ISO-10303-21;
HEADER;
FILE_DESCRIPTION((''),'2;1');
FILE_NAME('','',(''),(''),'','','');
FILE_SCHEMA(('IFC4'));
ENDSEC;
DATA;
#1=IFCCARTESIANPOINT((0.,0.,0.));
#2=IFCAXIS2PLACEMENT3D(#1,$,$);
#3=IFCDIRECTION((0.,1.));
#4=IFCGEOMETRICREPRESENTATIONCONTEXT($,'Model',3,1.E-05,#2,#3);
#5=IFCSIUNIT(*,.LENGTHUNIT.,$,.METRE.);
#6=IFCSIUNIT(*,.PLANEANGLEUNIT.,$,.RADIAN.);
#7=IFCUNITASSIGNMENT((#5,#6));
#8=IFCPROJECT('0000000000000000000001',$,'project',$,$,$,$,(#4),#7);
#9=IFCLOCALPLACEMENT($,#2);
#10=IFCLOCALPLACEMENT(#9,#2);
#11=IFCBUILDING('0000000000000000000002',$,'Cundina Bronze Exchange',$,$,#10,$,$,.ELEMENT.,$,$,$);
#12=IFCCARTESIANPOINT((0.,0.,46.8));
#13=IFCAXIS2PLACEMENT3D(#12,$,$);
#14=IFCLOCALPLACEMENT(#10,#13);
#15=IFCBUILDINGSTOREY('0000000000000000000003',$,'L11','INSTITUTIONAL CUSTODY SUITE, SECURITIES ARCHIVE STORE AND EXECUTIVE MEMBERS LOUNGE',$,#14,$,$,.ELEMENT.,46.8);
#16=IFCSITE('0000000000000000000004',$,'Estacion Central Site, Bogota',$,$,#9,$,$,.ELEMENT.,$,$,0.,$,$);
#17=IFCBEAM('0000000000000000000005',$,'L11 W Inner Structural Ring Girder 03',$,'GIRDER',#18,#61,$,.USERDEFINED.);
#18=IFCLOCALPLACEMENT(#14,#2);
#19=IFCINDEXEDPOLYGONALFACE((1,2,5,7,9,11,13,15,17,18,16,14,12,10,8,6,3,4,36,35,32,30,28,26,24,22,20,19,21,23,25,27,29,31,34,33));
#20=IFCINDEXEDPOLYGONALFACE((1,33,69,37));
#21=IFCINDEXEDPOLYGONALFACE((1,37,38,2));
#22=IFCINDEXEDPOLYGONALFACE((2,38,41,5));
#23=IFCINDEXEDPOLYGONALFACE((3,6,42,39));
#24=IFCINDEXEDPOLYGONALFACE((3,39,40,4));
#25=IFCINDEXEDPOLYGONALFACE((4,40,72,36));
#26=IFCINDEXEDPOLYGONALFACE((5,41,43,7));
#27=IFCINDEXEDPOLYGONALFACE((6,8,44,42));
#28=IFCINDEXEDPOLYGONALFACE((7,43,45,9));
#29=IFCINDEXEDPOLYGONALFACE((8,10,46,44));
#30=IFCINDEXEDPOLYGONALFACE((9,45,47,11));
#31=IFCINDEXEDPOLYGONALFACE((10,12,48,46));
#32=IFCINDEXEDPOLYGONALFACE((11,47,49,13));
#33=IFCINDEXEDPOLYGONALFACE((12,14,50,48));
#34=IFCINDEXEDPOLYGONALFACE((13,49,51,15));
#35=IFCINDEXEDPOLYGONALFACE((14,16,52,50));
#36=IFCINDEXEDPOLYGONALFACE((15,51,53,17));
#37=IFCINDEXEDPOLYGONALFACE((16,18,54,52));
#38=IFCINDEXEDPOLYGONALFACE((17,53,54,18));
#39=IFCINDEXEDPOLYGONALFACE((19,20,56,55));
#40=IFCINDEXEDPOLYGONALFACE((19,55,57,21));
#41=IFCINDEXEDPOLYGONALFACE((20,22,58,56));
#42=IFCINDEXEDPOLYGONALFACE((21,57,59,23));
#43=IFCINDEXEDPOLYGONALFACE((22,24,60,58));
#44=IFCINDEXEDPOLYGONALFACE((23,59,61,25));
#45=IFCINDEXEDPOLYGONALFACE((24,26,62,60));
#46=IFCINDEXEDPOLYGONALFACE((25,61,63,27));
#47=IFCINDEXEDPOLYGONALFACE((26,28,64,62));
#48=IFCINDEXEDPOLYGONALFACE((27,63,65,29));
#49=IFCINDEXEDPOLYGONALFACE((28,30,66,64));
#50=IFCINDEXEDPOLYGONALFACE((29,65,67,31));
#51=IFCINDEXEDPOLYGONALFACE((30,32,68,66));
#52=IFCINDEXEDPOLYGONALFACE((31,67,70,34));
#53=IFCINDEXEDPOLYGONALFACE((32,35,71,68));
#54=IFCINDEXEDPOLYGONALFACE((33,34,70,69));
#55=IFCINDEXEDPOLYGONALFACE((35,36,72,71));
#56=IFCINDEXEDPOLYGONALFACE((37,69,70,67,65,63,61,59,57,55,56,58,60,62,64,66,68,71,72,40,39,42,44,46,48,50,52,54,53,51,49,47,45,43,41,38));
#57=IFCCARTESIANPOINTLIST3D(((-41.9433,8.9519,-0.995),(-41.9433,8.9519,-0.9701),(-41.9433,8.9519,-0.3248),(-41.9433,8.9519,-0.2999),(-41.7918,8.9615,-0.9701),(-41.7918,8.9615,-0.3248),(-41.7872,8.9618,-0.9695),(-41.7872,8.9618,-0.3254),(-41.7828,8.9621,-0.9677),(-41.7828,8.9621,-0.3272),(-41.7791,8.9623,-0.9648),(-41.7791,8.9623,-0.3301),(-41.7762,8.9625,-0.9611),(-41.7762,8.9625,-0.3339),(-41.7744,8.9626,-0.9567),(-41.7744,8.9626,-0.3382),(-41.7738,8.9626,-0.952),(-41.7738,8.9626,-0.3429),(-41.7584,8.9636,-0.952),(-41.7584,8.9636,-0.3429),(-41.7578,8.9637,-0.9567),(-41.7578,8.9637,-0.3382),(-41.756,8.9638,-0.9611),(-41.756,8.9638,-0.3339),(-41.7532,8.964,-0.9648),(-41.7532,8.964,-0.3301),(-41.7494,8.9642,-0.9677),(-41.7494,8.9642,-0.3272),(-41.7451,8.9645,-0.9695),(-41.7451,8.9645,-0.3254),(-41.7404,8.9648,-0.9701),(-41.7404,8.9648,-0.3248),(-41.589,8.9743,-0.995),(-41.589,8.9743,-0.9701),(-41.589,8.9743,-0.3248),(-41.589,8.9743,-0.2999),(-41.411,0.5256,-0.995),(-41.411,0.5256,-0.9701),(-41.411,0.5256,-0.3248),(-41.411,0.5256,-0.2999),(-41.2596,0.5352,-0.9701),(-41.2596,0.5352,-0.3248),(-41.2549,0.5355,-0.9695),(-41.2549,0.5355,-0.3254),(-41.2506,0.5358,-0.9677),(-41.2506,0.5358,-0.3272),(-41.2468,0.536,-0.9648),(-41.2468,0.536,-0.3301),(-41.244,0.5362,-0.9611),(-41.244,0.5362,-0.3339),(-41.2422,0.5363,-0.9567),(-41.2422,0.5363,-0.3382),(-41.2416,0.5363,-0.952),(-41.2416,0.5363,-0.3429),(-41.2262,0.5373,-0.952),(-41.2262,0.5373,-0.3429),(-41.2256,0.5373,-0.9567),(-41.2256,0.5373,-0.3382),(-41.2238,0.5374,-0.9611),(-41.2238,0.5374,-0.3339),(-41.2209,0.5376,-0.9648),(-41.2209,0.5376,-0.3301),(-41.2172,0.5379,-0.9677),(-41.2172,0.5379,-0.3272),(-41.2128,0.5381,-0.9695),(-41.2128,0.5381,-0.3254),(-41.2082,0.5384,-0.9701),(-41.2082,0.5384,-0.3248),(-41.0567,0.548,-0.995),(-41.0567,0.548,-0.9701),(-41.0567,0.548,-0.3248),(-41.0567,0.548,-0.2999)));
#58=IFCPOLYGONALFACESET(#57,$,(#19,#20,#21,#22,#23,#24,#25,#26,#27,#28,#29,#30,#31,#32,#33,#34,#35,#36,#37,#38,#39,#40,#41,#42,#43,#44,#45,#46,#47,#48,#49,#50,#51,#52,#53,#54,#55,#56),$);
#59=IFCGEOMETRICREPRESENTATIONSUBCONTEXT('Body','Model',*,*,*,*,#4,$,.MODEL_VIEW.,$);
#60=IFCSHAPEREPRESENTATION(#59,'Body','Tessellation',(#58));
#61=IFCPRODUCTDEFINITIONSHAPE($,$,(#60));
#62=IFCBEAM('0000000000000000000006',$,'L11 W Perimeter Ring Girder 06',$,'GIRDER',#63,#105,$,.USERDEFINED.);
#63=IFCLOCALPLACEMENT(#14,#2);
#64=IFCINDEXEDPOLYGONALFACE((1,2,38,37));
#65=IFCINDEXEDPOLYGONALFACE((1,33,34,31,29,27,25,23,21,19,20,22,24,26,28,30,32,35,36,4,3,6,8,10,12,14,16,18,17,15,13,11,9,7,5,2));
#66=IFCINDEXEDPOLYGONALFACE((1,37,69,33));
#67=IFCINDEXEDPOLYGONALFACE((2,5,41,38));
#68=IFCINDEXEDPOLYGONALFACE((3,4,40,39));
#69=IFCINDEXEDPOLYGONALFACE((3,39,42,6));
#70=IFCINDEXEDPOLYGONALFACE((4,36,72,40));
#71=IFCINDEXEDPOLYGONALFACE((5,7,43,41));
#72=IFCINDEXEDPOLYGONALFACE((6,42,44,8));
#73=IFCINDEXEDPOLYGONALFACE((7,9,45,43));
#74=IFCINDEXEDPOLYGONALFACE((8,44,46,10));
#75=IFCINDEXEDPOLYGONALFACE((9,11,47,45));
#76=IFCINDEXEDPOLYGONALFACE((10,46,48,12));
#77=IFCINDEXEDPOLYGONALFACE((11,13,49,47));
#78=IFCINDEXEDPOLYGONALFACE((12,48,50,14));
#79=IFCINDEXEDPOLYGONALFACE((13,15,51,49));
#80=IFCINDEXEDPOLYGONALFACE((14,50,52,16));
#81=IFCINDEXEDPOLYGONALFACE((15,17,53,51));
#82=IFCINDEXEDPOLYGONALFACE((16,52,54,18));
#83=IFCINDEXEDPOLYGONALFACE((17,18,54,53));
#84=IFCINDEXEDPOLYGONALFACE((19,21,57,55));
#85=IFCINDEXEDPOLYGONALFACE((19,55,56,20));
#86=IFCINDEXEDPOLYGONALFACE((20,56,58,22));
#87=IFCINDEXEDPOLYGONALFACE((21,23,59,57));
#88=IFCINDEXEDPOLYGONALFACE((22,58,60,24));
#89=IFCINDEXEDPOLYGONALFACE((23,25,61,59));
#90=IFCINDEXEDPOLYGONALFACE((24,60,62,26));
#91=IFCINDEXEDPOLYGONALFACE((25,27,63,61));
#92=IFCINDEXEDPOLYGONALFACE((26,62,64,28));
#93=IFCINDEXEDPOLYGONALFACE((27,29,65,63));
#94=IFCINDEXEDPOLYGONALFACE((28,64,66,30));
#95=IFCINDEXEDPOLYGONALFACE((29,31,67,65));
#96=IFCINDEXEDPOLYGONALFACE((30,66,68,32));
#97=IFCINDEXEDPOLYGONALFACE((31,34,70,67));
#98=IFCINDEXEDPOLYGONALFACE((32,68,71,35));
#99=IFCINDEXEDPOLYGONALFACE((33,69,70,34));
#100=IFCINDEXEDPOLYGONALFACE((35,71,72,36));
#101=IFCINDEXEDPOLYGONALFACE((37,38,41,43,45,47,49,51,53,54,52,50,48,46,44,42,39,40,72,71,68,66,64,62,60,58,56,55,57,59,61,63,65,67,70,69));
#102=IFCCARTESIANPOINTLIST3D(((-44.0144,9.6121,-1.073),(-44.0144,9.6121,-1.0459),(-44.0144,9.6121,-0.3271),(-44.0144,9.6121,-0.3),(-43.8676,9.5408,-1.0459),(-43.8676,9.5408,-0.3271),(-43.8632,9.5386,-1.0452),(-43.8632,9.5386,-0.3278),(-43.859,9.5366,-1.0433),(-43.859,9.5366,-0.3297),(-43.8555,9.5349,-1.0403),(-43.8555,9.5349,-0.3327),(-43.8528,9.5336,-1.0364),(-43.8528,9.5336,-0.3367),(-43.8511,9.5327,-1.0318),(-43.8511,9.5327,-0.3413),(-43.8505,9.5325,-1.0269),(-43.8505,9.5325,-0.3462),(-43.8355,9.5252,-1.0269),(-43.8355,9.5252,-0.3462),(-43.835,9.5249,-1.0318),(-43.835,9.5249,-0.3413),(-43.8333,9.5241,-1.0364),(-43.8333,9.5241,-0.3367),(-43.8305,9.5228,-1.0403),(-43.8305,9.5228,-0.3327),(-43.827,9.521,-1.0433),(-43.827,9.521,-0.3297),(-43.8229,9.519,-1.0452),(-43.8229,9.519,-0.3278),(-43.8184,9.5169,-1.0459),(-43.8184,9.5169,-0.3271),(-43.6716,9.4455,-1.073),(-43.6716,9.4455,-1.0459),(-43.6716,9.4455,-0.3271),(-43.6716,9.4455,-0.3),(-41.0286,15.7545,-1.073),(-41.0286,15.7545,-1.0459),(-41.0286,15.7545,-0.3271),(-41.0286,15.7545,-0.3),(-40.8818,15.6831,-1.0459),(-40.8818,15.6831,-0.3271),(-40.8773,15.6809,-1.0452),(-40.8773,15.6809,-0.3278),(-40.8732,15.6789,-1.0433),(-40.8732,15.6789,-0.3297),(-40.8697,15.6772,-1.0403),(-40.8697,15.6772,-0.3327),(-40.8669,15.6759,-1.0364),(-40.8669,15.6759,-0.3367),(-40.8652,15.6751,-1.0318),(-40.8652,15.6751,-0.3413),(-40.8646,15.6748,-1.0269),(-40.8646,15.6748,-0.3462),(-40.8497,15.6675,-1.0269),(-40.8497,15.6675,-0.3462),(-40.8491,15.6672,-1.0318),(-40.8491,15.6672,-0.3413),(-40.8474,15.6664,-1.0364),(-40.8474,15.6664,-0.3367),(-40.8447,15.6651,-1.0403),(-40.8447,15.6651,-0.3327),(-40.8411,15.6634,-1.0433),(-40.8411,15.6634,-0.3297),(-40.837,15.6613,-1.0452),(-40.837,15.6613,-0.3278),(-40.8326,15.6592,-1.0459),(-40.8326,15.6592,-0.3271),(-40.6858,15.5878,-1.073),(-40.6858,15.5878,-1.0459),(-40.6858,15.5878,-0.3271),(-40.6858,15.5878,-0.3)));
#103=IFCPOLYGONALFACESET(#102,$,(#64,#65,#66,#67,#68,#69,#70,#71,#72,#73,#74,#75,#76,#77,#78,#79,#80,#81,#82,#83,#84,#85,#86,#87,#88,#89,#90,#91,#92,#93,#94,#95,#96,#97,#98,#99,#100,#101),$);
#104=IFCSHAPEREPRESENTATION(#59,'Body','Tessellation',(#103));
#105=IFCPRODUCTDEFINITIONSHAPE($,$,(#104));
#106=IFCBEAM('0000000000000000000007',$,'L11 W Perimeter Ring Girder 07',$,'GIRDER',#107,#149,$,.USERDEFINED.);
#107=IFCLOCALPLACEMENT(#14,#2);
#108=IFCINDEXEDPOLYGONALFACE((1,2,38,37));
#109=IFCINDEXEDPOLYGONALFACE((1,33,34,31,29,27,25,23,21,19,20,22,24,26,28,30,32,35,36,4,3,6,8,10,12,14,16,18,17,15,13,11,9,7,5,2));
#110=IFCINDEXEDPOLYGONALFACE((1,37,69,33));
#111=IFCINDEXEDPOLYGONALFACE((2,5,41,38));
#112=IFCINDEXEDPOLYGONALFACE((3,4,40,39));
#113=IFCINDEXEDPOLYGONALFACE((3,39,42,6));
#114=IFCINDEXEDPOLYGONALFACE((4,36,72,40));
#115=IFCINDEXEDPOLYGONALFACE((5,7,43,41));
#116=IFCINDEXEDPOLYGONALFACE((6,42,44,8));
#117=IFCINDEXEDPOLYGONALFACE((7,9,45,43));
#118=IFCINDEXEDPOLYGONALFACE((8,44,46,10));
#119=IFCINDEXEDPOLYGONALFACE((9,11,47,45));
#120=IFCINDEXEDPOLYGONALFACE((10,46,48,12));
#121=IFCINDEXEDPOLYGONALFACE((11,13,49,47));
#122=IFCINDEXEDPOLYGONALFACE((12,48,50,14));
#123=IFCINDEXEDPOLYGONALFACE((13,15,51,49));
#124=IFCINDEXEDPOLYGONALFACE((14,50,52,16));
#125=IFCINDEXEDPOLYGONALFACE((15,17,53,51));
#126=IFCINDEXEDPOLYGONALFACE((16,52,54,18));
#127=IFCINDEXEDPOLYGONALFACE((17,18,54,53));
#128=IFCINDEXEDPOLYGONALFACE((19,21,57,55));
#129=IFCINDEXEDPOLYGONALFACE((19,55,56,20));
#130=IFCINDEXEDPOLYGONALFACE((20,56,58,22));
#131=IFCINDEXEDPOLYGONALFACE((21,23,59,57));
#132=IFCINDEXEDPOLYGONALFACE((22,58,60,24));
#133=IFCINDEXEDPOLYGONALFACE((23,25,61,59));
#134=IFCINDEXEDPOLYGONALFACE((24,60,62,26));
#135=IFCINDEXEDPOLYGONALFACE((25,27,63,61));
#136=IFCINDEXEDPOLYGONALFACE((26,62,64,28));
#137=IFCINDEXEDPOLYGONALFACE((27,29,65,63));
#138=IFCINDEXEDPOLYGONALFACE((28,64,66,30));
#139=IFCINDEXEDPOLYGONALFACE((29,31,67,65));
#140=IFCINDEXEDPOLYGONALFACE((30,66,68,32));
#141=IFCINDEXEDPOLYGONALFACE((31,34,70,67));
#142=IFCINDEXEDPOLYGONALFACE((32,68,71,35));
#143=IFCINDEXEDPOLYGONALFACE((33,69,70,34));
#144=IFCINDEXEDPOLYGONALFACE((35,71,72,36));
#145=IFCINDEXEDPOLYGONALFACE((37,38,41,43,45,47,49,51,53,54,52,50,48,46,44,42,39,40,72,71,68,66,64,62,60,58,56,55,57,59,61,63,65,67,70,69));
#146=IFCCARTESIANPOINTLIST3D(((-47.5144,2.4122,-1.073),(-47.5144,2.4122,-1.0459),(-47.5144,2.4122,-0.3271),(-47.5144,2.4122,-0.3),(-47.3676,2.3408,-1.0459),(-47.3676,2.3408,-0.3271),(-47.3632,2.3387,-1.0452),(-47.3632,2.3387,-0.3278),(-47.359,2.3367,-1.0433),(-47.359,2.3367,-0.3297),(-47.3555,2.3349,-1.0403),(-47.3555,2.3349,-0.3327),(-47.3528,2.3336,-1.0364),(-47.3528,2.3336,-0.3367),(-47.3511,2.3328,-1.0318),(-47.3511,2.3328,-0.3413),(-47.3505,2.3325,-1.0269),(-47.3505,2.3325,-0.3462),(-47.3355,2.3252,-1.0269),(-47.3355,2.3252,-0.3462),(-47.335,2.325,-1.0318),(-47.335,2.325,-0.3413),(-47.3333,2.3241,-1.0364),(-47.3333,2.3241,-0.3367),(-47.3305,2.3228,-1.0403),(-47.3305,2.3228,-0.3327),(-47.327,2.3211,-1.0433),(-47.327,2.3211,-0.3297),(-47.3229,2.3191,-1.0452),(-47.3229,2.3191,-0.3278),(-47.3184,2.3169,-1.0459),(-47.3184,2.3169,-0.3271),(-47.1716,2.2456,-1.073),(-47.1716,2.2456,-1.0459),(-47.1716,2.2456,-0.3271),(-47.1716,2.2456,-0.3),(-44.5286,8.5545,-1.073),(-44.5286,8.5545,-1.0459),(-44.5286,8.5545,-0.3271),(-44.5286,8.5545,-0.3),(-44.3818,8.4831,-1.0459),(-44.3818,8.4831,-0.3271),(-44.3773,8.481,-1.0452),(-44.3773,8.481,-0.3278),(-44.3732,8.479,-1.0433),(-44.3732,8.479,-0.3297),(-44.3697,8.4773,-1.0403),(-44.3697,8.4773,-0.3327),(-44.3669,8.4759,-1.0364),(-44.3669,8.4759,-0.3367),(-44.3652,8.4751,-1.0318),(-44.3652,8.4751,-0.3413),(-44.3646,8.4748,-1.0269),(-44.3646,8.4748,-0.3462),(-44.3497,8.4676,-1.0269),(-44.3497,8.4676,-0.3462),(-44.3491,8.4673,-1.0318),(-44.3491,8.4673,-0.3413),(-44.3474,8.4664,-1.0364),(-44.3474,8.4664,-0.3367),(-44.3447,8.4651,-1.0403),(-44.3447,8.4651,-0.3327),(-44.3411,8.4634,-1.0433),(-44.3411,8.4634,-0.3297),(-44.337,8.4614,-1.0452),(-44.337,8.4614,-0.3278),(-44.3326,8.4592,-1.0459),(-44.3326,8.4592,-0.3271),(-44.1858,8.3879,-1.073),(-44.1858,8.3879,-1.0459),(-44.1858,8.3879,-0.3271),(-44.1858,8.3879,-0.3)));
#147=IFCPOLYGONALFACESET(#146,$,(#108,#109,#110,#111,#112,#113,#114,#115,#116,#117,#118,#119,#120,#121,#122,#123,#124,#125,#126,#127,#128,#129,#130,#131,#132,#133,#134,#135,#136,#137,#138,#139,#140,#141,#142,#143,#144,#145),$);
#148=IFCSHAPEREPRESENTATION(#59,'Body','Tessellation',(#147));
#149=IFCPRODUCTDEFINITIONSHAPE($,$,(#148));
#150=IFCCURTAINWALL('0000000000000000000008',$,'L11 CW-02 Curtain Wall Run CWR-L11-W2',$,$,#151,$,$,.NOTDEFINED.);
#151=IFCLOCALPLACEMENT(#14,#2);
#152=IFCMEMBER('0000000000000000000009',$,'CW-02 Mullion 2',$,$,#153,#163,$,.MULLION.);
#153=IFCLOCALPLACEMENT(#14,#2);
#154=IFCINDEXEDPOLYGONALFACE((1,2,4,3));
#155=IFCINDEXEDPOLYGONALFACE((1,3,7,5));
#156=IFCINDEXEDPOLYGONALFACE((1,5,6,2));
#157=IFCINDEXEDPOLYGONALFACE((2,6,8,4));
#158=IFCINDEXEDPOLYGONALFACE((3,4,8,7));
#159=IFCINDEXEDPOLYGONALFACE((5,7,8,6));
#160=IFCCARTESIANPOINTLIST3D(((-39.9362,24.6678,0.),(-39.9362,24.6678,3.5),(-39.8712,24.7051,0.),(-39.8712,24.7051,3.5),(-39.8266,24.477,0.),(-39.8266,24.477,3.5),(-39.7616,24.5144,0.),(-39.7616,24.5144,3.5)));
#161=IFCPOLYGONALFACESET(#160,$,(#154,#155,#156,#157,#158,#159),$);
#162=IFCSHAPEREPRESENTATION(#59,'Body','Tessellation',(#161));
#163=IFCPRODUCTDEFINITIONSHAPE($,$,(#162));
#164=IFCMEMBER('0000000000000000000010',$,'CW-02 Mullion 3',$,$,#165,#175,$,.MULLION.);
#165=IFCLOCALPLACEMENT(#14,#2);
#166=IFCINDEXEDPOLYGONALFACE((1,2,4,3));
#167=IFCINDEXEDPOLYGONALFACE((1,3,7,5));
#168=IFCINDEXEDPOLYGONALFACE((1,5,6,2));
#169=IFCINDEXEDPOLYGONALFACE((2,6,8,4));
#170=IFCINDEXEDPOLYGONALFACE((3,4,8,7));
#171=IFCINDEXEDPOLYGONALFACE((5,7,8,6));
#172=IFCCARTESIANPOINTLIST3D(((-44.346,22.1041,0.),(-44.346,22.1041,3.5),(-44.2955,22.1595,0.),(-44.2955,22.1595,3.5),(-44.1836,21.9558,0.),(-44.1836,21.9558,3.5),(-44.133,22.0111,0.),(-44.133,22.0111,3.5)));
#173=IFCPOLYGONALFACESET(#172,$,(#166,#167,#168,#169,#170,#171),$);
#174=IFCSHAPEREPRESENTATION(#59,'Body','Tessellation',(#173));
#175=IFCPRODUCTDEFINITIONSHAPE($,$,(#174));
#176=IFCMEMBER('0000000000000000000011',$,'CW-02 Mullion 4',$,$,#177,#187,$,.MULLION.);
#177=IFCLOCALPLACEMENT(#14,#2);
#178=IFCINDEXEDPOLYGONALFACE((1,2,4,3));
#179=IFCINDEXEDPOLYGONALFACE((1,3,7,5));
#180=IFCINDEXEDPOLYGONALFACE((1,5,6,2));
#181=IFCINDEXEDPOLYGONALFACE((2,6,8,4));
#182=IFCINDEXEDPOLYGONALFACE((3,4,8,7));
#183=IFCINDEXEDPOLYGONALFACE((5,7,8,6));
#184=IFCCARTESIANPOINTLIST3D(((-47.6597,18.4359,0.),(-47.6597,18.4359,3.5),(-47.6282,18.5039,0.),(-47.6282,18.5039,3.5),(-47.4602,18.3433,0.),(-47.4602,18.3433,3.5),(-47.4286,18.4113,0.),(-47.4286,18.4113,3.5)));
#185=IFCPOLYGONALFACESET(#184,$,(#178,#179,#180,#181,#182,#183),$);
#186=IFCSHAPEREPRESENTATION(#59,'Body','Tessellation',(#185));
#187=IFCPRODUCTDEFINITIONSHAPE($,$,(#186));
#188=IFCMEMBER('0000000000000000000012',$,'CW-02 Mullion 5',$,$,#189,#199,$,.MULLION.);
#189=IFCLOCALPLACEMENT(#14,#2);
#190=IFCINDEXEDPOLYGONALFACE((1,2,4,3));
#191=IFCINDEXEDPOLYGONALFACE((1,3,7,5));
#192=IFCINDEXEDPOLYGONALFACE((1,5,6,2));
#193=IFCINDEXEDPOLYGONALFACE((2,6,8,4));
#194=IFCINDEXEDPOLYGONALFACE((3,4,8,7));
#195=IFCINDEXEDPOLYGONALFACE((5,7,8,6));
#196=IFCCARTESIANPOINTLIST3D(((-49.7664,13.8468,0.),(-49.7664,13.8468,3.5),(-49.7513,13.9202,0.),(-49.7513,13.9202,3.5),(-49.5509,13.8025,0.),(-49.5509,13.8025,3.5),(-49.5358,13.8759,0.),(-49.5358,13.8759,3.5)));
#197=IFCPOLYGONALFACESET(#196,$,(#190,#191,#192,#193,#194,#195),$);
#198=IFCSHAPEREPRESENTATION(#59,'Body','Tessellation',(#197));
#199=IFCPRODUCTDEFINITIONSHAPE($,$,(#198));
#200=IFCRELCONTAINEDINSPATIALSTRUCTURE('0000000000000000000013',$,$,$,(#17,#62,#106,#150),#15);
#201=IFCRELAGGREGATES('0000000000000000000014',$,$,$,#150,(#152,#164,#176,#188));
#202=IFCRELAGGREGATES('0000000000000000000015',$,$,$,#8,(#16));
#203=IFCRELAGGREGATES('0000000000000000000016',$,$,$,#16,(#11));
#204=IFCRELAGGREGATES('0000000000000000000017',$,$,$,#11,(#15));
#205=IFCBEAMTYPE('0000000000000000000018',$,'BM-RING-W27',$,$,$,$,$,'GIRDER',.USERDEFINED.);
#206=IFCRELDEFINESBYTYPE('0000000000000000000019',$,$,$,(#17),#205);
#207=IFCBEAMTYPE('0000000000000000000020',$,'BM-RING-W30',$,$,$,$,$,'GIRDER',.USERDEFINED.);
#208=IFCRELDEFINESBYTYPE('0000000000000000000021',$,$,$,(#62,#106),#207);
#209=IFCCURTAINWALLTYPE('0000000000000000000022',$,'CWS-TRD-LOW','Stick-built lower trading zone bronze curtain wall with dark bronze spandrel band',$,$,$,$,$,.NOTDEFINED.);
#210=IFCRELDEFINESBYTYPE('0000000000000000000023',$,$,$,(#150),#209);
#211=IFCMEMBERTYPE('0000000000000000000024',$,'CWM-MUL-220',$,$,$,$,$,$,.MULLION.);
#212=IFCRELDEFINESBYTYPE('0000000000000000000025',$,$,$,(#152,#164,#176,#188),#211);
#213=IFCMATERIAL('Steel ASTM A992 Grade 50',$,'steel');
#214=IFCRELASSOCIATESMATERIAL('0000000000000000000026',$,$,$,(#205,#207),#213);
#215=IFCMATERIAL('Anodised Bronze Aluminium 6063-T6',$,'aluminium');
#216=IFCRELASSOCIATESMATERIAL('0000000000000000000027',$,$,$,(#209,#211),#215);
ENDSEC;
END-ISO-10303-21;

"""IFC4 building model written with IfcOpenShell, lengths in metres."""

from ifc_helpers import new_model, si_unit, direction, frame, origin, origin_2d, place, context, subcontext, project, spatial, rectangle, i_section, extrude, material, material_profile, profile_set, type_object, element, aggregate, save


model = new_model("IFC4")

# Units and contexts
model_context = context("Model", 3, precision=1e-05, world=origin(), true_north=direction((0.0, 1.0)))
body_context = subcontext(model_context, "Body", "Model", "MODEL_VIEW")
ifc_project = project(units=[si_unit("LENGTHUNIT", "METRE"), si_unit("PLANEANGLEUNIT", "RADIAN")], contexts=[model_context])

# Site, building, storey
site_placement = place(None, origin())
site = spatial("IfcSite", under=ifc_project, at=site_placement, Name="Estacion Central Site, Bogota", CompositionType="ELEMENT", RefElevation=0.0)
building_placement = place(site_placement, origin())
building = spatial("IfcBuilding", under=site, at=building_placement, Name="Cundina Bronze Exchange", CompositionType="ELEMENT")
storey_placement = place(building_placement, frame((0.0, 0.0, 46.8)))
storey = spatial("IfcBuildingStorey", under=building, at=storey_placement, Name="L11", Description="INSTITUTIONAL CUSTODY SUITE, SECURITIES ARCHIVE STORE AND EXECUTIVE MEMBERS LOUNGE", CompositionType="ELEMENT", Elevation=46.8)

# Beams
ifc_material_1 = material(Name="Steel ASTM A992 Grade 50", Category="steel")
ifc_material_profile_1 = material_profile(ifc_material_1, i_section(OverallWidth=0.355, OverallDepth=0.6951, WebThickness=0.0154, FlangeThickness=0.0249, FilletRadius=0.0181, at=origin_2d()), Name="W27X146", Category="steel")
ifc_profile_set_1 = profile_set([ifc_material_profile_1], Name="Steel ASTM A992 Grade 50")
beam_type_1 = type_object("IfcBeamType", Name="BM-RING-W27", ElementType="GIRDER", PredefinedType="USERDEFINED", material=ifc_profile_set_1)
beam_1_placement = place(storey_placement, frame((-41.7661, 8.9631, -0.6475), z_axis=(0.063037, -0.998011, 0.0), x_axis=(0.998011, 0.063037, 0.0)))
element("IfcBeam", 1, at=beam_1_placement, inside=storey, type_object=beam_type_1, Name="L11 W Inner Structural Ring Girder 03", ObjectType="GIRDER", PredefinedType="USERDEFINED", context=body_context, shape_type="SweptSolid", body=[
    extrude(i_section(OverallWidth=0.355, OverallDepth=0.6951, WebThickness=0.0154, FlangeThickness=0.0249, FilletRadius=0.0181, at=origin_2d()), origin(), (0.0, 0.0, 1.0), 8.4431),
])
ifc_material_profile_2 = material_profile(ifc_material_1, i_section(OverallWidth=0.3811, OverallDepth=0.7729, WebThickness=0.0166, FlangeThickness=0.0271, FilletRadius=0.019, at=origin_2d()), Name="W30X173", Category="steel")
ifc_profile_set_2 = profile_set([ifc_material_profile_2], Name="Steel ASTM A992 Grade 50")
beam_type_2 = type_object("IfcBeamType", Name="BM-RING-W30", ElementType="GIRDER", PredefinedType="USERDEFINED", material=ifc_profile_set_2)
for number, where, z_axis, x_axis, name in (
    (2, (-40.8572, 15.6711, -0.6865), (-0.437191, -0.899369, 0.0), (0.899369, -0.437191, 0.0), "L11 W Perimeter Ring Girder 06"),
    (3, (-44.3572, 8.4712, -0.6865), (-0.437191, -0.899369, 0.0), (0.899369, -0.437191, 0.0), "L11 W Perimeter Ring Girder 07"),
):
    element("IfcBeam", number, at=place(storey_placement, frame(where, z_axis=z_axis, x_axis=x_axis)), inside=storey, type_object=beam_type_2, Name=name, ObjectType="GIRDER", PredefinedType="USERDEFINED", context=body_context, shape_type="SweptSolid", body=[
        extrude(i_section(OverallWidth=0.3811, OverallDepth=0.7729, WebThickness=0.0166, FlangeThickness=0.0271, FilletRadius=0.019, at=origin_2d()), origin(), (0.0, 0.0, 1.0), 6.8296),
    ])

# Curtain wall, members
ifc_material_2 = material(Name="Anodised Bronze Aluminium 6063-T6", Category="aluminium")
curtain_wall_type = type_object("IfcCurtainWallType", Name="CWS-TRD-LOW", Description="Stick-built lower trading zone bronze curtain wall with dark bronze spandrel band", PredefinedType="NOTDEFINED", material=ifc_material_2)
curtain_wall_placement = place(storey_placement, origin())
curtain_wall = element("IfcCurtainWall", 4, at=curtain_wall_placement, inside=storey, type_object=curtain_wall_type, Name="L11 CW-02 Curtain Wall Run CWR-L11-W2", PredefinedType="NOTDEFINED")
ifc_material_profile_3 = material_profile(ifc_material_2, rectangle(XDim=0.075, YDim=0.22, at=origin_2d()), Name="AL75X220", Category="aluminium")
ifc_profile_set_3 = profile_set([ifc_material_profile_3], Name="Anodised Bronze Aluminium 6063-T6")
member_type_1 = type_object("IfcMemberType", Name="CWM-MUL-220", PredefinedType="MULLION", material=ifc_profile_set_3)
member_1_placement = place(storey_placement, frame((-39.8489, 24.5911, 0.0), z_axis=(0.0, 0.0, 1.0), x_axis=(-0.867071, -0.498185, 0.0)))
member_1 = element("IfcMember", 5, at=member_1_placement, type_object=member_type_1, Name="CW-02 Mullion 2", PredefinedType="MULLION", context=body_context, shape_type="SweptSolid", body=[
    extrude(rectangle(XDim=0.075, YDim=0.22, at=origin_2d()), origin(), (0.0, 0.0, 1.0), 3.5),
])
member_2_placement = place(storey_placement, frame((-44.2395, 22.0576, 0.0), z_axis=(0.0, 0.0, 1.0), x_axis=(-0.674302, -0.738455, 0.0)))
member_2 = element("IfcMember", 6, at=member_2_placement, type_object=member_type_1, Name="CW-02 Mullion 3", PredefinedType="MULLION", context=body_context, shape_type="SweptSolid", body=[
    extrude(rectangle(XDim=0.075, YDim=0.22, at=origin_2d()), origin(), (0.0, 0.0, 1.0), 3.5),
])
member_3_placement = place(storey_placement, frame((-47.5442, 18.4236, 0.0), z_axis=(0.0, 0.0, 1.0), x_axis=(-0.420877, -0.907117, 0.0)))
member_3 = element("IfcMember", 7, at=member_3_placement, type_object=member_type_1, Name="CW-02 Mullion 4", PredefinedType="MULLION", context=body_context, shape_type="SweptSolid", body=[
    extrude(rectangle(XDim=0.075, YDim=0.22, at=origin_2d()), origin(), (0.0, 0.0, 1.0), 3.5),
])
member_4_placement = place(storey_placement, frame((-49.6511, 13.8613, 0.0), z_axis=(0.0, 0.0, 1.0), x_axis=(-0.20142, -0.979505, 0.0)))
member_4 = element("IfcMember", 8, at=member_4_placement, type_object=member_type_1, Name="CW-02 Mullion 5", PredefinedType="MULLION", context=body_context, shape_type="SweptSolid", body=[
    extrude(rectangle(XDim=0.075, YDim=0.22, at=origin_2d()), origin(), (0.0, 0.0, 1.0), 3.5),
])
aggregate(curtain_wall, [member_1, member_2, member_3, member_4])

save(model, "model.ifc")
